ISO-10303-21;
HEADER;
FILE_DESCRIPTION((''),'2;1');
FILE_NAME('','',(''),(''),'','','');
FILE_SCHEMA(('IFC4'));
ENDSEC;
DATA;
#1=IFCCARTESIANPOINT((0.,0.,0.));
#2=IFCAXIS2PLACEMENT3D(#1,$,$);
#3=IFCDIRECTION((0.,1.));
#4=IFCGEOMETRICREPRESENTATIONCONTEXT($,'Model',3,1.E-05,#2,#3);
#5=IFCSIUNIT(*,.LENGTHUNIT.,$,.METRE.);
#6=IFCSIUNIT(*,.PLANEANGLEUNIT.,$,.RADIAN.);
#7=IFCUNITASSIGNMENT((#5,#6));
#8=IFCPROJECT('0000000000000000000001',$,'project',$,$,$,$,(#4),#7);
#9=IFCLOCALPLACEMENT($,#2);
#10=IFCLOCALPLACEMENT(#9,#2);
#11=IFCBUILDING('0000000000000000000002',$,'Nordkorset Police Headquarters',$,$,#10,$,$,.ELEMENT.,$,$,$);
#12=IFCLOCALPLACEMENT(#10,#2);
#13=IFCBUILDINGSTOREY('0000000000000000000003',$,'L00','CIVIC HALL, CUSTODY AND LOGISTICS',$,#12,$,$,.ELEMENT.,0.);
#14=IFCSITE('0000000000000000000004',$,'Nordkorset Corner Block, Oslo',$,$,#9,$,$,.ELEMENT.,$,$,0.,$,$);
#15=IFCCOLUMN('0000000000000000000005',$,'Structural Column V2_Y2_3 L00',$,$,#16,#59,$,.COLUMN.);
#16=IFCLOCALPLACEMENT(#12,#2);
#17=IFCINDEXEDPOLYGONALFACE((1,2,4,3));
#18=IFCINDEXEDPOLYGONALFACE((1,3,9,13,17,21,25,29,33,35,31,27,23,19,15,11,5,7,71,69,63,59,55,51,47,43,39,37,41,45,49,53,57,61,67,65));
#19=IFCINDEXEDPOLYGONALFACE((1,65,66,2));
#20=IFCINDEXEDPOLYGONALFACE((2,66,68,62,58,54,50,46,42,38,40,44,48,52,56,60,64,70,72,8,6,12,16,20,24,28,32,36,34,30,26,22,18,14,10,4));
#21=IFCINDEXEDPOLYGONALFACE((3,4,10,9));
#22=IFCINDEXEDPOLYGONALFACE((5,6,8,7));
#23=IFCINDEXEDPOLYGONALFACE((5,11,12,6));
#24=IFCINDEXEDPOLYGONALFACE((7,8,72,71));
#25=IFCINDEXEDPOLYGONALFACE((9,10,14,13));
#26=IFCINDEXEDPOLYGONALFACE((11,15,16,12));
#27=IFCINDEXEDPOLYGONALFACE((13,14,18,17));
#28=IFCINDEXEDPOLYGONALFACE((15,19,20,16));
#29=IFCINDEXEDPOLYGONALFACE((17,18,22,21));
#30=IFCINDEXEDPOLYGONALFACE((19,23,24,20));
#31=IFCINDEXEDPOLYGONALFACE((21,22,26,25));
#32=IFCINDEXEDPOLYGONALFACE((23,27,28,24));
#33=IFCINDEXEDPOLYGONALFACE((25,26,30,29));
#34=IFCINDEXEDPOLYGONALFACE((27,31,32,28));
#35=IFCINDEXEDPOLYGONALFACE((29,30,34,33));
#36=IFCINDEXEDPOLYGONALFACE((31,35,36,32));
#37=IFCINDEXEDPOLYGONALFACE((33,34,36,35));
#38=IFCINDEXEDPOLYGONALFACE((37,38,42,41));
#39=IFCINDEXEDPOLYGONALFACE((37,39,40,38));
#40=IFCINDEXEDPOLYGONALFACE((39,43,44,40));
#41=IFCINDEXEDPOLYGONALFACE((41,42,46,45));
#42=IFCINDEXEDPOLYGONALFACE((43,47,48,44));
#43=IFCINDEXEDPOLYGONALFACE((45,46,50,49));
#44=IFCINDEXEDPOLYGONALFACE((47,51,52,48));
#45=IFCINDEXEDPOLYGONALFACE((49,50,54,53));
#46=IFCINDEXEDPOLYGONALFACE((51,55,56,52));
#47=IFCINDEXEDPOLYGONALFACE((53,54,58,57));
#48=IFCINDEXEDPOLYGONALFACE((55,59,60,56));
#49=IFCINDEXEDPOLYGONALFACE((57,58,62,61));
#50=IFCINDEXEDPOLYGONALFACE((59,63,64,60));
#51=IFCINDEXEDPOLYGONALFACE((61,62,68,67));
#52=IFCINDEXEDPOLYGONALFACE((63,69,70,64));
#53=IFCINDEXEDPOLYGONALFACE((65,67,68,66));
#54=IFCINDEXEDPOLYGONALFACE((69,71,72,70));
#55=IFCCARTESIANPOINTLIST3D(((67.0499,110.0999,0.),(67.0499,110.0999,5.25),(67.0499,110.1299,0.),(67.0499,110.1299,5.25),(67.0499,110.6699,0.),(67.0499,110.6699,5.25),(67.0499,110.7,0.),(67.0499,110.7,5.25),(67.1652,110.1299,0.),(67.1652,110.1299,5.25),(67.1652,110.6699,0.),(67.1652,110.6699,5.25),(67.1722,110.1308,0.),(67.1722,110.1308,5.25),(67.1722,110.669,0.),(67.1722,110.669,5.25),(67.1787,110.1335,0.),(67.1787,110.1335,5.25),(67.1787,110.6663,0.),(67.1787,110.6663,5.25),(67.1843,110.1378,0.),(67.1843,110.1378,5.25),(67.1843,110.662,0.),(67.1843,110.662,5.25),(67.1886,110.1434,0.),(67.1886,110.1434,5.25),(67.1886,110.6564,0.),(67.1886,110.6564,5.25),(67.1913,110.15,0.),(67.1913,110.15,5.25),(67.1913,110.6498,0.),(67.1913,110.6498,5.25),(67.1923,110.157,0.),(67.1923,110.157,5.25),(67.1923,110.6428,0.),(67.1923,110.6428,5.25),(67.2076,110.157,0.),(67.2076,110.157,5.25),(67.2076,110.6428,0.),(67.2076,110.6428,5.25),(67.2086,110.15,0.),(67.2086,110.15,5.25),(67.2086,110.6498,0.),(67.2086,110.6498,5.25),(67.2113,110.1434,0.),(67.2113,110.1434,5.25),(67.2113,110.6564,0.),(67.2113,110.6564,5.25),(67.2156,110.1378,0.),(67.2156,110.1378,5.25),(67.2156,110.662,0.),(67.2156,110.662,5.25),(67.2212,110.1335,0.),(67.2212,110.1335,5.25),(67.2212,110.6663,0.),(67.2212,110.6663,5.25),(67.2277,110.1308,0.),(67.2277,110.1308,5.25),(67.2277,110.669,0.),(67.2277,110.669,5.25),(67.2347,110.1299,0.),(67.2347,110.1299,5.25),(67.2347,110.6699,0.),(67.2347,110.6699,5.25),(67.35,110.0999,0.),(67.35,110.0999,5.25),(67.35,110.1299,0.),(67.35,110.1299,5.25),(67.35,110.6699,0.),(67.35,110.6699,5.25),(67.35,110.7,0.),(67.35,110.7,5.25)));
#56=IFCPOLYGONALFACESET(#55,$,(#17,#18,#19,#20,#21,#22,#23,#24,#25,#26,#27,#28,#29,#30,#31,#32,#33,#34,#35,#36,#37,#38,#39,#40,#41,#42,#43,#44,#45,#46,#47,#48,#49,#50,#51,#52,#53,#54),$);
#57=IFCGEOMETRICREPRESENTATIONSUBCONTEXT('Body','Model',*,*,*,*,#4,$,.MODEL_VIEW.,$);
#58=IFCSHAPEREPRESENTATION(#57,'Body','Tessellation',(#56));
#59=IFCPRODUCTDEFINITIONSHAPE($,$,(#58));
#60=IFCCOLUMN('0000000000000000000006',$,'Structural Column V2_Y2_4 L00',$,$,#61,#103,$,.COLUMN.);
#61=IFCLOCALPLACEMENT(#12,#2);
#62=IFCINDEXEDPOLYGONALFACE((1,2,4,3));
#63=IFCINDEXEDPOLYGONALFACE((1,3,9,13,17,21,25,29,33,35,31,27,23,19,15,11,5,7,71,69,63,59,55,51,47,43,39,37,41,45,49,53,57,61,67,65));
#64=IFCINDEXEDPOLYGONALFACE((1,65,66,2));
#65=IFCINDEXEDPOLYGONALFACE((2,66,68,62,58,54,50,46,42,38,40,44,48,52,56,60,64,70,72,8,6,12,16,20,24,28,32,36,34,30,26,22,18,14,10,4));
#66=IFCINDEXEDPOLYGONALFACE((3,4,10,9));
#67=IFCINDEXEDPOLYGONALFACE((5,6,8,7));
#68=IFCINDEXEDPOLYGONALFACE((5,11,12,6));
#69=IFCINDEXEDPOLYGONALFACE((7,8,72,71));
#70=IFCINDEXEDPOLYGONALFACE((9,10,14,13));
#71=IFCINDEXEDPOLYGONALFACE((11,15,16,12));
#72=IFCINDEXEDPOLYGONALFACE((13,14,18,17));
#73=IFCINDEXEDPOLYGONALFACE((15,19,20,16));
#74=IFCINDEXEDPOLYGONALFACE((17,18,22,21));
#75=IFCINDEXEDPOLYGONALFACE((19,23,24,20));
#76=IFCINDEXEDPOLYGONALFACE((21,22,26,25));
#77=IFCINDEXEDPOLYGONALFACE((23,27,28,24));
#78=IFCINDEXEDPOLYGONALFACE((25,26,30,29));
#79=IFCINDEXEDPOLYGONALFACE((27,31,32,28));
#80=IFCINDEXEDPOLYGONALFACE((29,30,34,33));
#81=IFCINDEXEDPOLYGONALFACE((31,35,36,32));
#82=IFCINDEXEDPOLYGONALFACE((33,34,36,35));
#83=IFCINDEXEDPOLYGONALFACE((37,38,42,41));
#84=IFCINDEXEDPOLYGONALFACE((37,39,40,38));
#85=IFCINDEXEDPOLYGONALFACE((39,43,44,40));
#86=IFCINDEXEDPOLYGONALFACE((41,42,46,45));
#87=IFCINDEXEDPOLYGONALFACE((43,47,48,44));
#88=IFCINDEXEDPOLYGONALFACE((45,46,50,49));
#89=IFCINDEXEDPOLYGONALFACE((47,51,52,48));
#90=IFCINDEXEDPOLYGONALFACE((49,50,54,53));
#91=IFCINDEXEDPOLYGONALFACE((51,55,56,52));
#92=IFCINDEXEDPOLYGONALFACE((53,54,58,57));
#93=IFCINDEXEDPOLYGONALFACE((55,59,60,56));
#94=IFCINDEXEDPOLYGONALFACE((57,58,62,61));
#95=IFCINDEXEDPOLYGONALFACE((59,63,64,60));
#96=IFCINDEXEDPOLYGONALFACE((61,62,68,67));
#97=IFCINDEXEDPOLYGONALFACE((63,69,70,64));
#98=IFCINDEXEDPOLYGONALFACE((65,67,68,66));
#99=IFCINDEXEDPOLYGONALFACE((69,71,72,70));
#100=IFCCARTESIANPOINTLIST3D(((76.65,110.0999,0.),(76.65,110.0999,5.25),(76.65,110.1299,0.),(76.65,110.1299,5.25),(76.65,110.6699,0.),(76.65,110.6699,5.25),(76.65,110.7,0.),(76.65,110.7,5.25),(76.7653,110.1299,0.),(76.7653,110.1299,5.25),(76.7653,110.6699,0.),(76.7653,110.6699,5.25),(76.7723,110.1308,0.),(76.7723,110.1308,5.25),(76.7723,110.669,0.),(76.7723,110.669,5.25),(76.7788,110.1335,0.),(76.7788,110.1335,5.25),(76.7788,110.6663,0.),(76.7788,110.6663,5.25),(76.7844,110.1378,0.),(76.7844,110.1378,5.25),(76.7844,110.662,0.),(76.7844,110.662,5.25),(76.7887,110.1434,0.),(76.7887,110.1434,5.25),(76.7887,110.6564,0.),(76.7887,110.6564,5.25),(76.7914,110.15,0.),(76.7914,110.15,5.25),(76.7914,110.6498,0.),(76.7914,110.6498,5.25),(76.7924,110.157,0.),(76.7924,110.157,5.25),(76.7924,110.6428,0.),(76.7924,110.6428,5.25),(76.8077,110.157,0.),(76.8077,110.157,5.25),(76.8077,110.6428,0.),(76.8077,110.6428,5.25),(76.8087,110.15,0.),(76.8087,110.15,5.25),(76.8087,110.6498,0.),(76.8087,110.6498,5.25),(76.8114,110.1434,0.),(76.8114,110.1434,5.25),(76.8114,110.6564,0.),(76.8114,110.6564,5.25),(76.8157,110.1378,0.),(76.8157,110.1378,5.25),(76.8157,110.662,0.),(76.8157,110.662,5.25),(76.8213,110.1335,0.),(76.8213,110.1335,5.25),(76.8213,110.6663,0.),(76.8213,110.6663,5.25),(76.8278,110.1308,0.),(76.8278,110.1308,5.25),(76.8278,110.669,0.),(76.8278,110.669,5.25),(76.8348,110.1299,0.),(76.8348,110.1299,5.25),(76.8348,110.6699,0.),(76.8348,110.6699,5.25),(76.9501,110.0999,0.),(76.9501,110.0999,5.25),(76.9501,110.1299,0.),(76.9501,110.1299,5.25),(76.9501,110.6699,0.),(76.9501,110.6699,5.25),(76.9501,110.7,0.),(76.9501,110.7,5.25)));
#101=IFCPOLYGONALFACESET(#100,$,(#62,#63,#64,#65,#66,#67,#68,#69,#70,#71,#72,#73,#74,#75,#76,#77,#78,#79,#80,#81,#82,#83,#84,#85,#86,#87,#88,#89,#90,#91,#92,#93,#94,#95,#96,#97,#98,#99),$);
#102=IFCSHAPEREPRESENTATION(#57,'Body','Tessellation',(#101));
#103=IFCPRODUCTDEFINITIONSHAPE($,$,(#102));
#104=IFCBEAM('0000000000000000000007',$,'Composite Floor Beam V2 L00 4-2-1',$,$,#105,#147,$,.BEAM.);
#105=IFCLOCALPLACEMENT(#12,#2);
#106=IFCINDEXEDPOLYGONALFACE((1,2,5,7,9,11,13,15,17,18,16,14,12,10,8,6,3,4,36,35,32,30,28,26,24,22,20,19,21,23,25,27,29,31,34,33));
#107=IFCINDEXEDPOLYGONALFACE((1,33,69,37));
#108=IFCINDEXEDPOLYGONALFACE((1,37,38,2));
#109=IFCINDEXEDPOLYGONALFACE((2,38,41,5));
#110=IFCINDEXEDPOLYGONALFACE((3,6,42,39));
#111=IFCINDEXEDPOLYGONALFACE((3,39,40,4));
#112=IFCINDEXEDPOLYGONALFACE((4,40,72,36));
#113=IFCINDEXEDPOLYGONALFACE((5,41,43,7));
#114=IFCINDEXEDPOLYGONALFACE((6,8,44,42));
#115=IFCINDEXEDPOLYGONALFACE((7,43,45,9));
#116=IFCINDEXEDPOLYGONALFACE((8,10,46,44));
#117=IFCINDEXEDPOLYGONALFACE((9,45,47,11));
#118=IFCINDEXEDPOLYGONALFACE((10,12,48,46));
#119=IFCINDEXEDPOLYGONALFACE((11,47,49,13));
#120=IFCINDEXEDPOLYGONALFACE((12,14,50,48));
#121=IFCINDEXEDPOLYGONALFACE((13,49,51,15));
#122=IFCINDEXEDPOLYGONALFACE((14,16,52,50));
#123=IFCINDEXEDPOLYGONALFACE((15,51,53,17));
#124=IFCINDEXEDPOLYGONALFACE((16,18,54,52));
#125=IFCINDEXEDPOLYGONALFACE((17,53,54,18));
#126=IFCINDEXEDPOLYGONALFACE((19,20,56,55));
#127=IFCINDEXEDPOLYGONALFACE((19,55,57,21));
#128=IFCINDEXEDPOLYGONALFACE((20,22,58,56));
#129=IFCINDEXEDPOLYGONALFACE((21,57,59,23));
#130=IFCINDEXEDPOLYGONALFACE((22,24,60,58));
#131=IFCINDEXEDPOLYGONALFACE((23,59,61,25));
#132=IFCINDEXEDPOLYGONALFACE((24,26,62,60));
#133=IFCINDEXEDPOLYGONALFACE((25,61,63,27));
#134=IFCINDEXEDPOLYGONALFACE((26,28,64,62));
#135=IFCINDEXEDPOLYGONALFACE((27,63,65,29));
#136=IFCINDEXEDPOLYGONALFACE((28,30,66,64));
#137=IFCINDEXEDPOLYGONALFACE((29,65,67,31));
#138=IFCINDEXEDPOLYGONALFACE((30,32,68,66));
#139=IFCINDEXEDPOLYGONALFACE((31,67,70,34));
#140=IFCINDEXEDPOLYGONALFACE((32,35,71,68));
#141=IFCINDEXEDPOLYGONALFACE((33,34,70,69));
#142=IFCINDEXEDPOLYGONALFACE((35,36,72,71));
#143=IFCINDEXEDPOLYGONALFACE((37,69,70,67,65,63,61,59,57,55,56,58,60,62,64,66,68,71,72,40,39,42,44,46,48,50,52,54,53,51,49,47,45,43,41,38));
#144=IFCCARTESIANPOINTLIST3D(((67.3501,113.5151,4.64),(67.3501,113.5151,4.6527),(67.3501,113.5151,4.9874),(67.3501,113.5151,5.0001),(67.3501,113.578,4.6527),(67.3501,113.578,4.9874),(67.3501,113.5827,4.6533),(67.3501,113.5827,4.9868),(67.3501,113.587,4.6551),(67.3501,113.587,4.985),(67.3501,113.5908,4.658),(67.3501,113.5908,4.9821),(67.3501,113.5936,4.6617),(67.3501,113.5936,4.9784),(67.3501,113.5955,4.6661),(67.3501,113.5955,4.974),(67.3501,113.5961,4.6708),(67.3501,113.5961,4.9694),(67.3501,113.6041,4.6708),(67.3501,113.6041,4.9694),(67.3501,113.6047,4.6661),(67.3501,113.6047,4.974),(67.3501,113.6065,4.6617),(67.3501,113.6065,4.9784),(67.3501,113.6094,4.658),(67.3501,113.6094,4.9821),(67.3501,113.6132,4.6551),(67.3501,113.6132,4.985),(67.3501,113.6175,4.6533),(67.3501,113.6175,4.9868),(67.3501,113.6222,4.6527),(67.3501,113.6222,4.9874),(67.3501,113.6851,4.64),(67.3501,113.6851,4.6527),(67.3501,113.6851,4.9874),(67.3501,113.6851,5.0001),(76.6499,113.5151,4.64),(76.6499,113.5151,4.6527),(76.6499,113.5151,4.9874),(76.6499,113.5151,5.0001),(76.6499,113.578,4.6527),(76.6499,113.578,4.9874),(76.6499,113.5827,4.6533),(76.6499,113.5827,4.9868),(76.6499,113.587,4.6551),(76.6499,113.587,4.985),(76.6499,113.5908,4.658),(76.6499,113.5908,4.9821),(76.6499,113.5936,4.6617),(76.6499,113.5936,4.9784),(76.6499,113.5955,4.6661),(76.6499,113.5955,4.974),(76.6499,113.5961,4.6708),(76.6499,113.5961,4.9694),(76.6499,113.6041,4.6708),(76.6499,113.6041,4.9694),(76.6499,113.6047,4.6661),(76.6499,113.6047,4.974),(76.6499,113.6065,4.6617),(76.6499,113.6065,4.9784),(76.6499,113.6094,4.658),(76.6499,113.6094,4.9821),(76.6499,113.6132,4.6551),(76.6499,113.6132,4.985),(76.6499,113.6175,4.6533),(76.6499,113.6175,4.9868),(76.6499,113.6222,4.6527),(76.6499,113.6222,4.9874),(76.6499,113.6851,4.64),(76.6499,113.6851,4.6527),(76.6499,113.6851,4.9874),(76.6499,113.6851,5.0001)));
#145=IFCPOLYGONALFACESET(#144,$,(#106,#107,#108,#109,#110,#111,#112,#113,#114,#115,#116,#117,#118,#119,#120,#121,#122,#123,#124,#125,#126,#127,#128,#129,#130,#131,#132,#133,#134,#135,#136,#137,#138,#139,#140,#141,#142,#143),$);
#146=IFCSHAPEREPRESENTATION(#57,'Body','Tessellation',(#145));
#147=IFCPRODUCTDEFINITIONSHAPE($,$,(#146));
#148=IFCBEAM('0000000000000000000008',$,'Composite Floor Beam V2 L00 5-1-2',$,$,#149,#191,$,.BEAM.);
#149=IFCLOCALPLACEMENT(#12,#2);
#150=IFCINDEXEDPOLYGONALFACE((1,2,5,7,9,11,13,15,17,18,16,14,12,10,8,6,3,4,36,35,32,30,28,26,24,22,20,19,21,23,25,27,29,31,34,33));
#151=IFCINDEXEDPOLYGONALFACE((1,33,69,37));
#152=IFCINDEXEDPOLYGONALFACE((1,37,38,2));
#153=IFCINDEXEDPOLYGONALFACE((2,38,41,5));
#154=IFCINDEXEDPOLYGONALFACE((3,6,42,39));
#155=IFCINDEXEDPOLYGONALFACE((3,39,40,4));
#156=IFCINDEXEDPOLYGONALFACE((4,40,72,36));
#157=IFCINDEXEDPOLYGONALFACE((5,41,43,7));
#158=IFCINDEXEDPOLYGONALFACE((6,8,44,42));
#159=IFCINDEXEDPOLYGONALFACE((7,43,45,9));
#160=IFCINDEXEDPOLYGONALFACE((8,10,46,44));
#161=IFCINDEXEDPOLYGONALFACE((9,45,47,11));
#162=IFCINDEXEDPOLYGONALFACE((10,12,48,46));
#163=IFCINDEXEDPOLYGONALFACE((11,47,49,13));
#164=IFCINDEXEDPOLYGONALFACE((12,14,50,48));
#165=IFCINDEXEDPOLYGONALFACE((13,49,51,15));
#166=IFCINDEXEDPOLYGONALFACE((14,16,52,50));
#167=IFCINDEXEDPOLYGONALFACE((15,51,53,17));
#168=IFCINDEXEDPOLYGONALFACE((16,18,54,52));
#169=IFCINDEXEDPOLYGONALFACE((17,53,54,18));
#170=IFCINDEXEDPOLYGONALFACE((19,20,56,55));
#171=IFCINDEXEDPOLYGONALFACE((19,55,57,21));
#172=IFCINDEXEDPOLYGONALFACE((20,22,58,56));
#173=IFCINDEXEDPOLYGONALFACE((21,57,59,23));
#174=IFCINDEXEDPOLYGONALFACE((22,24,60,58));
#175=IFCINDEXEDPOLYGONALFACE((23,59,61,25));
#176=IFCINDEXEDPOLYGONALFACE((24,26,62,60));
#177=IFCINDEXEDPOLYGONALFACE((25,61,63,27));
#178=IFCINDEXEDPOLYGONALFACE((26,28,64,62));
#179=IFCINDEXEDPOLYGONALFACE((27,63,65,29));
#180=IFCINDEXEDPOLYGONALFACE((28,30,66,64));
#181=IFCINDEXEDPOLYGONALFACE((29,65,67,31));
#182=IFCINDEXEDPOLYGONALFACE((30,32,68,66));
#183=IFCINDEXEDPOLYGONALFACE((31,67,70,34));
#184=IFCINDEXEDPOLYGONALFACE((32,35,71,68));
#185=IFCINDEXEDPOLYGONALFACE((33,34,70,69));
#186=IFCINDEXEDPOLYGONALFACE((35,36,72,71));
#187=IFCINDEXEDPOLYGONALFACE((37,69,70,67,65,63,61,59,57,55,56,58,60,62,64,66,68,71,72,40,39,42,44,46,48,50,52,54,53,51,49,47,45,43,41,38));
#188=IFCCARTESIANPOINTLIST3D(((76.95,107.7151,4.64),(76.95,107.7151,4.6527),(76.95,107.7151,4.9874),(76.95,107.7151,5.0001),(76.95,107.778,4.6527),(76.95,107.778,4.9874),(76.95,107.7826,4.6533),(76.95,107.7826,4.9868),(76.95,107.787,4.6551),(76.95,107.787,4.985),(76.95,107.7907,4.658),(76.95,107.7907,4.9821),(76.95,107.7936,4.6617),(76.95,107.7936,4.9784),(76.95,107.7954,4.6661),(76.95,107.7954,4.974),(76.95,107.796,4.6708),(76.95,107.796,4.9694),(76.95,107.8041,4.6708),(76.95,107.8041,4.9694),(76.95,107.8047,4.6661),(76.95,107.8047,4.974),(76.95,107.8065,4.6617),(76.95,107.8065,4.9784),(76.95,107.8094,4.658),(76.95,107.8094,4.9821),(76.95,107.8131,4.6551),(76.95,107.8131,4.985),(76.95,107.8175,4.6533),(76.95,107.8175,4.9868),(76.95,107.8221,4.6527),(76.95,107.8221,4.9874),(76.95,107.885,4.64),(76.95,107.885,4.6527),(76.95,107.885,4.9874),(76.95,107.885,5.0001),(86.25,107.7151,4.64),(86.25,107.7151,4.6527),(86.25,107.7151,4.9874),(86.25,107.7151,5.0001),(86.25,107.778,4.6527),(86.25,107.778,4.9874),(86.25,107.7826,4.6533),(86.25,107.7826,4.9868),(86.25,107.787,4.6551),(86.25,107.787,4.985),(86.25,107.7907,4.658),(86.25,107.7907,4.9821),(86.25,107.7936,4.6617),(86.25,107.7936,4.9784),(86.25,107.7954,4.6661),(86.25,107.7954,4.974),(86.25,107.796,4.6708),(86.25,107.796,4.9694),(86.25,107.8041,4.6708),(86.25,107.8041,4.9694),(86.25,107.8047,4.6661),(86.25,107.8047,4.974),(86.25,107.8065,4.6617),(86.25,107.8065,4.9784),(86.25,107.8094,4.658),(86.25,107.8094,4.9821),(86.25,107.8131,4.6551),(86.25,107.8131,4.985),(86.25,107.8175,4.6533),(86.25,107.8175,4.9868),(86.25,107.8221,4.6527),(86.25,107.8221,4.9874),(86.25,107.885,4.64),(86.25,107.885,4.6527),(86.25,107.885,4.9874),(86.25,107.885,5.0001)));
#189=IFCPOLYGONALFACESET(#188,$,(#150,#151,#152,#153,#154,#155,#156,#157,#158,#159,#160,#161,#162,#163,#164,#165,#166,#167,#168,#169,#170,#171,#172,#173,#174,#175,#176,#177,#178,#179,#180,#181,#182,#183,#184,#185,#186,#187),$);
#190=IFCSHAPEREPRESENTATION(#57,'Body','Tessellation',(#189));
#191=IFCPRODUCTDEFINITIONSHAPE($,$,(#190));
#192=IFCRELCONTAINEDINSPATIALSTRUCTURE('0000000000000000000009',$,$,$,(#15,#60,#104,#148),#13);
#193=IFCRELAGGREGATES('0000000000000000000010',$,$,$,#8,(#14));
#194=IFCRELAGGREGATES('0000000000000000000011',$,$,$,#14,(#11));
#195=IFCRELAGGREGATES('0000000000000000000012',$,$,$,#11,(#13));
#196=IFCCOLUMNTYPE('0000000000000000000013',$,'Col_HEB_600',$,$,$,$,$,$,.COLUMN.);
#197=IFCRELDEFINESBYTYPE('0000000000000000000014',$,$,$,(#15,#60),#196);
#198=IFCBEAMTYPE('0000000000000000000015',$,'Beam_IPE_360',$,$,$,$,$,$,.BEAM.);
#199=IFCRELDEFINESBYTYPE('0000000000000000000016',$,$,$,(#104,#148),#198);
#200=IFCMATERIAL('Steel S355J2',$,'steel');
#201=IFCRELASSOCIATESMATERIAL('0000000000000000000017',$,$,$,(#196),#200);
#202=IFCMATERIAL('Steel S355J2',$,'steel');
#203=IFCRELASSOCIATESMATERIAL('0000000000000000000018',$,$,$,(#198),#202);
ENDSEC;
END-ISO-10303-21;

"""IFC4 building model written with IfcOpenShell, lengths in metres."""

from ifc_helpers import new_model, si_unit, direction, frame, origin, origin_2d, place, context, subcontext, project, spatial, i_section, extrude, material, material_profile, profile_set, type_object, element, save


model = new_model("IFC4")

# Units and contexts
model_context = context("Model", 3, precision=1e-05, world=origin(), true_north=direction((0.0, 1.0)))
body_context = subcontext(model_context, "Body", "Model", "MODEL_VIEW")
ifc_project = project(units=[si_unit("LENGTHUNIT", "METRE"), si_unit("PLANEANGLEUNIT", "RADIAN")], contexts=[model_context])

# Site, building, storey
site_placement = place(None, origin())
site = spatial("IfcSite", under=ifc_project, at=site_placement, Name="Nordkorset Corner Block, Oslo", CompositionType="ELEMENT", RefElevation=0.0)
building_placement = place(site_placement, origin())
building = spatial("IfcBuilding", under=site, at=building_placement, Name="Nordkorset Police Headquarters", CompositionType="ELEMENT")
storey_placement = place(building_placement, origin())
storey = spatial("IfcBuildingStorey", under=building, at=storey_placement, Name="L00", Description="CIVIC HALL, CUSTODY AND LOGISTICS", CompositionType="ELEMENT", Elevation=0.0)

# Columns
ifc_material_1 = material(Name="Steel S355J2", Category="steel")
ifc_material_profile_1 = material_profile(ifc_material_1, i_section(OverallWidth=0.3, OverallDepth=0.6001, WebThickness=0.0154, FlangeThickness=0.03, FilletRadius=0.0271, at=origin_2d()), Name="HEB 600")
ifc_profile_set_1 = profile_set([ifc_material_profile_1], Name="Steel S355J2")
column_type = type_object("IfcColumnType", Name="Col_HEB_600", PredefinedType="COLUMN", material=ifc_profile_set_1)
for number, where, z_axis, x_axis, name in (
    (1, (67.2, 110.3999, 0.0), (0.0, 0.0, 1.0), (1.0, 0.0, 0.0), "Structural Column V2_Y2_3 L00"),
    (2, (76.8, 110.3999, 0.0), (0.0, 0.0, 1.0), (1.0, 0.0, 0.0), "Structural Column V2_Y2_4 L00"),
):
    element("IfcColumn", number, at=place(storey_placement, frame(where, z_axis=z_axis, x_axis=x_axis)), inside=storey, type_object=column_type, Name=name, PredefinedType="COLUMN", context=body_context, shape_type="SweptSolid", body=[
        extrude(i_section(OverallWidth=0.3, OverallDepth=0.6001, WebThickness=0.0154, FlangeThickness=0.03, FilletRadius=0.0271, at=origin_2d()), origin(), (0.0, 0.0, 1.0), 5.25),
    ])

# Beams
ifc_material_2 = material(Name="Steel S355J2", Category="steel")
ifc_material_profile_2 = material_profile(ifc_material_2, i_section(OverallWidth=0.1699, OverallDepth=0.3601, WebThickness=0.0081, FlangeThickness=0.0127, FilletRadius=0.0181, at=origin_2d()), Name="IPE 360")
ifc_profile_set_2 = profile_set([ifc_material_profile_2], Name="Steel S355J2")
beam_type_1 = type_object("IfcBeamType", Name="Beam_IPE_360", PredefinedType="BEAM", material=ifc_profile_set_2)
beam_1_placement = place(storey_placement, frame((67.3501, 113.6001, 4.8201), z_axis=(1.0, 0.0, 0.0), x_axis=(0.0, 1.0, 0.0)))
element("IfcBeam", 3, at=beam_1_placement, inside=storey, type_object=beam_type_1, Name="Composite Floor Beam V2 L00 4-2-1", PredefinedType="BEAM", context=body_context, shape_type="SweptSolid", body=[
    extrude(i_section(OverallWidth=0.1699, OverallDepth=0.3601, WebThickness=0.0081, FlangeThickness=0.0127, FilletRadius=0.0181, at=origin_2d()), origin(), (0.0, 0.0, 1.0), 9.2998),
])
for number, where, z_axis, x_axis, name in (
    (4, (76.95, 107.8, 4.8201), (1.0, 0.0, 0.0), (0.0, 1.0, 0.0), "Composite Floor Beam V2 L00 5-1-2"),
):
    element("IfcBeam", number, at=place(storey_placement, frame(where, z_axis=z_axis, x_axis=x_axis)), inside=storey, type_object=beam_type_1, Name=name, PredefinedType="BEAM", context=body_context, shape_type="SweptSolid", body=[
        extrude(i_section(OverallWidth=0.1699, OverallDepth=0.3601, WebThickness=0.0081, FlangeThickness=0.0127, FilletRadius=0.0181, at=origin_2d()), origin(), (0.0, 0.0, 1.0), 9.3),
    ])

save(model, "model.ifc")
